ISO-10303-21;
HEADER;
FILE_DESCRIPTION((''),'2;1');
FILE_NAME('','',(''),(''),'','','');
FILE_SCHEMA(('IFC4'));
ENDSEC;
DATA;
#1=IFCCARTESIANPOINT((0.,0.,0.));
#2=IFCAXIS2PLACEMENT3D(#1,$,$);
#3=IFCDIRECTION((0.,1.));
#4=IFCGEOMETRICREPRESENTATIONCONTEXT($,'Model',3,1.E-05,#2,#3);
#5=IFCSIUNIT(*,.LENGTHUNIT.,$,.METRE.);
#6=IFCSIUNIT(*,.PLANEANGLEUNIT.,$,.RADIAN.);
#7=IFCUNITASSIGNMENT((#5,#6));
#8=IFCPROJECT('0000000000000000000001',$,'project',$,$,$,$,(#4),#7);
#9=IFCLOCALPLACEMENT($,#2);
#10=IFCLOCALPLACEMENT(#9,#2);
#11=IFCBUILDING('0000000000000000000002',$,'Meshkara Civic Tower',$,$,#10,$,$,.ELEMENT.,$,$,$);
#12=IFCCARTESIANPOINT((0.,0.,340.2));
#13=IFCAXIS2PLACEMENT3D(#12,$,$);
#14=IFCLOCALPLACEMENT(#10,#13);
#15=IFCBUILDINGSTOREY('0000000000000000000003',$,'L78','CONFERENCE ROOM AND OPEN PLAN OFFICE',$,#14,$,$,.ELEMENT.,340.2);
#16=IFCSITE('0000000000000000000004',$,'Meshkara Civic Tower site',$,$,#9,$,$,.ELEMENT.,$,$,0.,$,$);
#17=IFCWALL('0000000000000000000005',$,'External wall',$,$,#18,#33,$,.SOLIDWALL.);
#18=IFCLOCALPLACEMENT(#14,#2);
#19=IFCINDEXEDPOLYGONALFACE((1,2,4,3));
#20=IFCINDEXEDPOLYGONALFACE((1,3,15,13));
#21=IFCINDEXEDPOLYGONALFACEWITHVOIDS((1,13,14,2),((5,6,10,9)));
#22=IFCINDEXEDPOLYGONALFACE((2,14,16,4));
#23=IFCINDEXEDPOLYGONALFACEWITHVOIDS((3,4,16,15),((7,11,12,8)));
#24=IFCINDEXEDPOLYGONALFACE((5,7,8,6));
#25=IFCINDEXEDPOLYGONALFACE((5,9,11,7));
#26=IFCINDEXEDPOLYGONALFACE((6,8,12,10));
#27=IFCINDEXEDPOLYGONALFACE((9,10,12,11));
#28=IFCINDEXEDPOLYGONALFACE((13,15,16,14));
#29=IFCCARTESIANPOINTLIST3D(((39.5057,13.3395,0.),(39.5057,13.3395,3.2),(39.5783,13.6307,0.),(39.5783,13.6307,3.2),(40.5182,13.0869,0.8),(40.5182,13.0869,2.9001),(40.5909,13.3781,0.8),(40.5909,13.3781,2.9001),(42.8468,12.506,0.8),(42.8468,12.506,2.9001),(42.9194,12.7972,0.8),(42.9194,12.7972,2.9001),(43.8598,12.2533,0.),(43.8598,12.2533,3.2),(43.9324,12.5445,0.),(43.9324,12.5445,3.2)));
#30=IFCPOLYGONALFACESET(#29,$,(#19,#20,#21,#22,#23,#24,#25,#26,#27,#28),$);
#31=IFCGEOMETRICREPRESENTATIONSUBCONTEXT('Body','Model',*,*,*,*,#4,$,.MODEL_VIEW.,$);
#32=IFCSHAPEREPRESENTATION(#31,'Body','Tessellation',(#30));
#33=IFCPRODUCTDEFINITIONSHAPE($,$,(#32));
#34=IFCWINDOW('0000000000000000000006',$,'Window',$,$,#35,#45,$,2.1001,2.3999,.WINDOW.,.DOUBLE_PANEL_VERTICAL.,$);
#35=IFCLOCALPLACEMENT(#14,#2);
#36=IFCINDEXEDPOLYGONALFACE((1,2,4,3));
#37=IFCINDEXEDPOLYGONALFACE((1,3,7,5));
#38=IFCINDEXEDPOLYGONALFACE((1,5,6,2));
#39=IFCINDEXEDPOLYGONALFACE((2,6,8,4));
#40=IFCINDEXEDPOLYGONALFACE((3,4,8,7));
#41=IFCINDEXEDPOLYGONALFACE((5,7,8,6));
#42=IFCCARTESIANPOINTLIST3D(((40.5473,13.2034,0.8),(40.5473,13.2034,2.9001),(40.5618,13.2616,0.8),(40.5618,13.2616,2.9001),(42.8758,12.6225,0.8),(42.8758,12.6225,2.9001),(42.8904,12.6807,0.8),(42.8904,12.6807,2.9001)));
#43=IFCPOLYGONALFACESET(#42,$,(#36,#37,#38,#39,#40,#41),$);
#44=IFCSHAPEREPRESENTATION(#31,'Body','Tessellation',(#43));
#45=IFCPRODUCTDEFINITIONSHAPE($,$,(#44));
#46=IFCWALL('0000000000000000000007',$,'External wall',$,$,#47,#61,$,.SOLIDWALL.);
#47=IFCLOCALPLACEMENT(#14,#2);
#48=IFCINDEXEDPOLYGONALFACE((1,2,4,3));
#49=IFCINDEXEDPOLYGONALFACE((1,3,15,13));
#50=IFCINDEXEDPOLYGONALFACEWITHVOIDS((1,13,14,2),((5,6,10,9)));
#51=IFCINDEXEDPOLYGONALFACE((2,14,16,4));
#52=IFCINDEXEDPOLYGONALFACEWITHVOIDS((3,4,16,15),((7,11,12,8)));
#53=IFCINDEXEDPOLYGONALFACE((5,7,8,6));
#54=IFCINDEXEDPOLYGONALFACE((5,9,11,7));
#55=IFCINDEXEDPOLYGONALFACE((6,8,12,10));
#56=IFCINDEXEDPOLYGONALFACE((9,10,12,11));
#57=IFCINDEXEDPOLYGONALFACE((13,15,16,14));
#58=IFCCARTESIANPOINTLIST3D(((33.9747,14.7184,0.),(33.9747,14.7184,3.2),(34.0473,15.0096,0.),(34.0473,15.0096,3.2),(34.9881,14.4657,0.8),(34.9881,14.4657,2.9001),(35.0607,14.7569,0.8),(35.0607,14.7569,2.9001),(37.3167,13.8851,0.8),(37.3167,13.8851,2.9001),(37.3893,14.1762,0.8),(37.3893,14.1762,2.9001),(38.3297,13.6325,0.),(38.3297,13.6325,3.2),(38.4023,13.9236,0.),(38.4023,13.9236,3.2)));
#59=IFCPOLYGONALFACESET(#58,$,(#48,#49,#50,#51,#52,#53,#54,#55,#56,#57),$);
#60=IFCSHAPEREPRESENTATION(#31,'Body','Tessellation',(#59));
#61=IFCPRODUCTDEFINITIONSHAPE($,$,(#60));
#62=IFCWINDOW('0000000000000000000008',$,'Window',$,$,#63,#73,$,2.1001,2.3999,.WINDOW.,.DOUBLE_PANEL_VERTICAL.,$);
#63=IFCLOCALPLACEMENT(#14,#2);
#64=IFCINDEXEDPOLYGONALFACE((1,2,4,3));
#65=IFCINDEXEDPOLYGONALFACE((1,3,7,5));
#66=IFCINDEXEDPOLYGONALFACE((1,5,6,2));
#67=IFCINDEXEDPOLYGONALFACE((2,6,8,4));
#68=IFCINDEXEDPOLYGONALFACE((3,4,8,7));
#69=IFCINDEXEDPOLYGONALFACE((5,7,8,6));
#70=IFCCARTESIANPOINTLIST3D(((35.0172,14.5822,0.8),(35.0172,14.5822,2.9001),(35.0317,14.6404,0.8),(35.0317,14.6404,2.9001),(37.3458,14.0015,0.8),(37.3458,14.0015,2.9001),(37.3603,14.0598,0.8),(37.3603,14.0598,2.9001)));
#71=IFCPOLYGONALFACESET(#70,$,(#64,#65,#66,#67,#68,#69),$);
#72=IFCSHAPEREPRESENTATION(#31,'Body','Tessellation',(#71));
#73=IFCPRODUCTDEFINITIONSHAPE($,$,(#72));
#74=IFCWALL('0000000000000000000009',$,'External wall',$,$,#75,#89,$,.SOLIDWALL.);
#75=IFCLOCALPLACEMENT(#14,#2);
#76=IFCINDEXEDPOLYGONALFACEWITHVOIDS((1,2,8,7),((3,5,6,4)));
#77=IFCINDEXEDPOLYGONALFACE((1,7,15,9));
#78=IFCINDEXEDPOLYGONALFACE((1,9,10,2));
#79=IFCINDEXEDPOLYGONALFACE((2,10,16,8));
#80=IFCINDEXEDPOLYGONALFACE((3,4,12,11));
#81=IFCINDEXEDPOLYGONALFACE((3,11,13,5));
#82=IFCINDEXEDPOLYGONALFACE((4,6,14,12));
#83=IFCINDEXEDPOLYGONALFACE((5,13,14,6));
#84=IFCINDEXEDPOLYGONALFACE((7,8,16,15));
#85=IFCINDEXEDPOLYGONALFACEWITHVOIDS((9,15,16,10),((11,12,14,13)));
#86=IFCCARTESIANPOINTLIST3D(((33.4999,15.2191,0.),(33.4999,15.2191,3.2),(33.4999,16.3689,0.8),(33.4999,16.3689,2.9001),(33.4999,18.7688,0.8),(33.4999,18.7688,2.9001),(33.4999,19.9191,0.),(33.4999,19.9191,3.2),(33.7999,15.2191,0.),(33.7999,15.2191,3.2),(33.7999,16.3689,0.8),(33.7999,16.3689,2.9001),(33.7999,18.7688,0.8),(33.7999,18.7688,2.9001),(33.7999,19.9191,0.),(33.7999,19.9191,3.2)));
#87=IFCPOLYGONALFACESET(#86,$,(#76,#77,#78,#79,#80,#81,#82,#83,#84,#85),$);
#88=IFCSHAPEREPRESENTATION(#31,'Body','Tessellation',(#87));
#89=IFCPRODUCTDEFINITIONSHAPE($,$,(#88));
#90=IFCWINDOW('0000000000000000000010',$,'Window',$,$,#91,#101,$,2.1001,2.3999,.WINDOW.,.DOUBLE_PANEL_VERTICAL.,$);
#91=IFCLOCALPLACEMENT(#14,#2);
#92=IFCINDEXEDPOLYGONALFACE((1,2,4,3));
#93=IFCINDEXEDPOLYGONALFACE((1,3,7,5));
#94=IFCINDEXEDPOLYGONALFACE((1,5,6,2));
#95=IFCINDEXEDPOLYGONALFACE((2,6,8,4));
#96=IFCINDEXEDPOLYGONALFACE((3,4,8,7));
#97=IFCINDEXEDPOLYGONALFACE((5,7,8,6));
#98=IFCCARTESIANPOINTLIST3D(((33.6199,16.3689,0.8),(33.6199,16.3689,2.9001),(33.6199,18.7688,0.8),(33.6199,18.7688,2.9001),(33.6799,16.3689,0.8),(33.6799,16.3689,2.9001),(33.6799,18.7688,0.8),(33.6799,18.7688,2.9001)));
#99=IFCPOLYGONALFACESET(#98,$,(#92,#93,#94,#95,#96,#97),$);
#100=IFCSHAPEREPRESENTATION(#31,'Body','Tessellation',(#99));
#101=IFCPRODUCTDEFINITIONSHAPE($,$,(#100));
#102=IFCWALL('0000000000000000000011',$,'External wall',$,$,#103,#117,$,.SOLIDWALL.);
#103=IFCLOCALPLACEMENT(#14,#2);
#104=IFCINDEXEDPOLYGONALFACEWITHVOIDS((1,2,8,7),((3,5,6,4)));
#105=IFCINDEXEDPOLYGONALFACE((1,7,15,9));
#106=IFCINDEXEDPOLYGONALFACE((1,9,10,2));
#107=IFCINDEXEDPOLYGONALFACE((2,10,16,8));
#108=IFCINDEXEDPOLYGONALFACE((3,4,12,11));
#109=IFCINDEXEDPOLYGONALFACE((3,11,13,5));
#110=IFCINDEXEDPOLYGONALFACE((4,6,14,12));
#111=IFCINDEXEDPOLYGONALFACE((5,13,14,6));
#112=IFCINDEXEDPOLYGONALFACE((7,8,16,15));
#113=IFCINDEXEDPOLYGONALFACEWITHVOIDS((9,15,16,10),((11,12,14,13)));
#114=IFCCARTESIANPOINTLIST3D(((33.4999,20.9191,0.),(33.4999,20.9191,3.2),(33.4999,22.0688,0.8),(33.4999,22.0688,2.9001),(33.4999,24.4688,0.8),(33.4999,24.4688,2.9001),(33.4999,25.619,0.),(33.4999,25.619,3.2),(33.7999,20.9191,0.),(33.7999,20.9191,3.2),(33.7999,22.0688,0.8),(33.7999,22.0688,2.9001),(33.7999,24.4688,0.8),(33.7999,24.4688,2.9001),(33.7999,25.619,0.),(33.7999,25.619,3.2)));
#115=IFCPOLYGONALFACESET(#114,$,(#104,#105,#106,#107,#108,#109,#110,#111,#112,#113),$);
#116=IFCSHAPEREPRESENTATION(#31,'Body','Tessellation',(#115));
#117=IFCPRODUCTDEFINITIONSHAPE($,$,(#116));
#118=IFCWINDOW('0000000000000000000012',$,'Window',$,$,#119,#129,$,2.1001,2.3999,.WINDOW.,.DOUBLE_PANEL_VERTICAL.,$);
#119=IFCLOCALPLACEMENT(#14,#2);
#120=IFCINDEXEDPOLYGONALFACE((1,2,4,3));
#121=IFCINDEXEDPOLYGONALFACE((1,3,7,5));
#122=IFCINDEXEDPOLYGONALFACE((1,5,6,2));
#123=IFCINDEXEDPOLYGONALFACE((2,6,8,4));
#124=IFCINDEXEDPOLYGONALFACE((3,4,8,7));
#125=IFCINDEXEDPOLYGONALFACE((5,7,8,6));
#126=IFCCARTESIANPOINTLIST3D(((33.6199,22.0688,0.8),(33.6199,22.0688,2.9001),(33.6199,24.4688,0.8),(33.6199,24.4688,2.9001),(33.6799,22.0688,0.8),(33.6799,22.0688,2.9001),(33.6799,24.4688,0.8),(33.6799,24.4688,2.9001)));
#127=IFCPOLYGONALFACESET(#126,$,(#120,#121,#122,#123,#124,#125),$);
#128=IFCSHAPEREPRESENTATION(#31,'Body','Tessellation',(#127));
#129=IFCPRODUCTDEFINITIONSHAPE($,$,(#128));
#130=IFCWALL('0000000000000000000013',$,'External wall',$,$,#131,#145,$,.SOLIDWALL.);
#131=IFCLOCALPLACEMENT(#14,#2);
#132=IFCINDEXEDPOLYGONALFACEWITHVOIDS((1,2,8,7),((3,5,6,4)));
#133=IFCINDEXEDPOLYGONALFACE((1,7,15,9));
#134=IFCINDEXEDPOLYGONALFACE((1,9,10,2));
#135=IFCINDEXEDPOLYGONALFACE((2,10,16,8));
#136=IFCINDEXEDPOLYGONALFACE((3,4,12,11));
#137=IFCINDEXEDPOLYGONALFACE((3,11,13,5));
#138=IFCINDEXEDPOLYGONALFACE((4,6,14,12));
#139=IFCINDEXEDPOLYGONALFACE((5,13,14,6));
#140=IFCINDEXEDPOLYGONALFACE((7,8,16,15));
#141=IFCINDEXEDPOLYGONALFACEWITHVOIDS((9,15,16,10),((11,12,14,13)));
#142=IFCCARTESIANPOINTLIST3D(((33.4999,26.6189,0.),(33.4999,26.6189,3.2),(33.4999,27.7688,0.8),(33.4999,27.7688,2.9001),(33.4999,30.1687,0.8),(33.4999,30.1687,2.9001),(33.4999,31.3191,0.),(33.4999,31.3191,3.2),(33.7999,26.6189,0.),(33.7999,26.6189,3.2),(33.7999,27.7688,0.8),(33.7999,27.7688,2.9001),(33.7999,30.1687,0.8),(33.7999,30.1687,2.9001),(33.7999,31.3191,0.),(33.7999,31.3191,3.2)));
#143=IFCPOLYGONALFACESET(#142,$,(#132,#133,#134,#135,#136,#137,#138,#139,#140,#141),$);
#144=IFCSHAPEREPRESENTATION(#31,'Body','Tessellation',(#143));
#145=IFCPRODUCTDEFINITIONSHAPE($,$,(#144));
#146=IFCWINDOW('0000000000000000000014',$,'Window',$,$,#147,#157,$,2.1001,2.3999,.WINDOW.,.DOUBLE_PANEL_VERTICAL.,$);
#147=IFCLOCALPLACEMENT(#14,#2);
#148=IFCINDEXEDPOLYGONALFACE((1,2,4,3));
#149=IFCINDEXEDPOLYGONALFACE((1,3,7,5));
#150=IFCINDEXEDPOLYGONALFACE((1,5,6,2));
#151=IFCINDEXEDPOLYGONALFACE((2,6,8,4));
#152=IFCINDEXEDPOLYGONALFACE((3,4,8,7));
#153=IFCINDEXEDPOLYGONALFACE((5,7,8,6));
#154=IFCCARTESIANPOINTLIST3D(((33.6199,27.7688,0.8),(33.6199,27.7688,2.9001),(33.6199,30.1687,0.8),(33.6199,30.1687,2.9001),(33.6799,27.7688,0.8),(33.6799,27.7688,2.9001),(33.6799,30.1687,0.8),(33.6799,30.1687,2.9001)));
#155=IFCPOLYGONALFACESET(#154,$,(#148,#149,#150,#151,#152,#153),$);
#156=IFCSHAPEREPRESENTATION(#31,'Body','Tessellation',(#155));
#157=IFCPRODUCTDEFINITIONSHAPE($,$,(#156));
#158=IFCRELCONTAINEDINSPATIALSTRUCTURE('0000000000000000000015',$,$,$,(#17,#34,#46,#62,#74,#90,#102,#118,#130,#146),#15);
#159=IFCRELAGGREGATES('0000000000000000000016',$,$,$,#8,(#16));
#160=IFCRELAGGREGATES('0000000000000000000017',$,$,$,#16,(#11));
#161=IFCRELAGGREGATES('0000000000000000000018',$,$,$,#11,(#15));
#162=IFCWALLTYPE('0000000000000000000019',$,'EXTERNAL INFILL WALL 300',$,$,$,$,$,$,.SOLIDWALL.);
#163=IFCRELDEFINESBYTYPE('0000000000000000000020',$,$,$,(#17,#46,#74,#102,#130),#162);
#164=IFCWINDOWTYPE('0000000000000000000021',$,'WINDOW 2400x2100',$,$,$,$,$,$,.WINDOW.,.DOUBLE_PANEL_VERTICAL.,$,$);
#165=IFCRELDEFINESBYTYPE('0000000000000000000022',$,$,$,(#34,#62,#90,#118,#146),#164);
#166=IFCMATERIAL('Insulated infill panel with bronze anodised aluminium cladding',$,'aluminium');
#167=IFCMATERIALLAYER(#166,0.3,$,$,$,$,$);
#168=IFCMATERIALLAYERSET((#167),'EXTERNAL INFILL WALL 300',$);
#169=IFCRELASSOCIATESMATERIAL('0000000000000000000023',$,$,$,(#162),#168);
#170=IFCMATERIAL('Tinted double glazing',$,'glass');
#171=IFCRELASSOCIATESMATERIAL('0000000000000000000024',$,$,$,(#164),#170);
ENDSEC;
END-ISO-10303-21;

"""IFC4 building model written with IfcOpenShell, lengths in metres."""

from ifc_helpers import new_model, si_unit, direction, frame, frame_2d, origin, place, context, subcontext, project, spatial, rectangle, extrude, material, layer, layer_set, type_object, element, fill, save


model = new_model("IFC4")

# Units and contexts
model_context = context("Model", 3, precision=1e-05, world=origin(), true_north=direction((0.0, 1.0)))
body_context = subcontext(model_context, "Body", "Model", "MODEL_VIEW")
ifc_project = project(units=[si_unit("LENGTHUNIT", "METRE"), si_unit("PLANEANGLEUNIT", "RADIAN")], contexts=[model_context])

# Site, building, storey
site_placement = place(None, origin())
site = spatial("IfcSite", under=ifc_project, at=site_placement, Name="Meshkara Civic Tower site", CompositionType="ELEMENT", RefElevation=0.0)
building_placement = place(site_placement, origin())
building = spatial("IfcBuilding", under=site, at=building_placement, Name="Meshkara Civic Tower", CompositionType="ELEMENT")
storey_placement = place(building_placement, frame((0.0, 0.0, 340.2)))
storey = spatial("IfcBuildingStorey", under=building, at=storey_placement, Name="L78", Description="CONFERENCE ROOM AND OPEN PLAN OFFICE", CompositionType="ELEMENT", Elevation=340.2)

# Walls, openings, windows
ifc_material_1 = material(Name="Insulated infill panel with bronze anodised aluminium cladding", Category="aluminium")
ifc_layer_1 = layer(ifc_material_1, 0.3)
ifc_layer_set_1 = layer_set([ifc_layer_1], Name="EXTERNAL INFILL WALL 300")
wall_type_1 = type_object("IfcWallType", Name="EXTERNAL INFILL WALL 300", PredefinedType="SOLIDWALL", material=ifc_layer_set_1)
wall_1_placement = place(storey_placement, frame((43.896, 12.3989, 0.0), z_axis=(0.0, 0.0, 1.0), x_axis=(-0.970264, 0.242049, 0.0)))
wall_1 = element("IfcWall", 1, at=wall_1_placement, inside=storey, type_object=wall_type_1, Name="External wall", PredefinedType="SOLIDWALL", context=body_context, shape_type="SweptSolid", body=[
    extrude(rectangle(XDim=4.4875, YDim=0.3, at=frame_2d((2.2437, 0.0))), origin(), (0.0, 0.0, 1.0), 3.2),
])
opening_1_placement = place(wall_1_placement, frame((1.0439, 0.0, 0.8)))
opening_1 = element("IfcOpeningElement", 2, at=opening_1_placement, cuts=wall_1, PredefinedType="OPENING", context=body_context, shape_type="SweptSolid", body=[
    extrude(rectangle(XDim=2.3999, YDim=2.1001, at=frame_2d((1.2, 1.05))), frame((0.0, 0.1599, 0.0), z_axis=(0.0, -1.0, 0.0), x_axis=(1.0, 0.0, 0.0)), (0.0, 0.0, 1.0), 0.3201),
])
ifc_material_2 = material(Name="Tinted double glazing", Category="glass")
window_type = type_object("IfcWindowType", Name="WINDOW 2400x2100", PartitioningType="DOUBLE_PANEL_VERTICAL", PredefinedType="WINDOW", material=ifc_material_2)
window_1_placement = place(opening_1_placement, origin())
window_1 = element("IfcWindow", 3, at=window_1_placement, inside=storey, type_object=window_type, Name="Window", OverallHeight=2.1001, OverallWidth=2.3999, PartitioningType="DOUBLE_PANEL_VERTICAL", PredefinedType="WINDOW", context=body_context, shape_type="SweptSolid", body=[
    extrude(rectangle(XDim=2.3999, YDim=2.1001, at=frame_2d((1.2, 1.05))), frame((0.0, 0.03, 0.0), z_axis=(0.0, -1.0, 0.0), x_axis=(1.0, 0.0, 0.0)), (0.0, 0.0, 1.0), 0.0601),
])
fill(opening_1, window_1)
wall_2_placement = place(storey_placement, frame((38.366, 13.7781, 0.0), z_axis=(0.0, 0.0, 1.0), x_axis=(-0.97029, 0.241947, 0.0)))
wall_2 = element("IfcWall", 4, at=wall_2_placement, inside=storey, type_object=wall_type_1, Name="External wall", PredefinedType="SOLIDWALL", context=body_context, shape_type="SweptSolid", body=[
    extrude(rectangle(XDim=4.4883, YDim=0.3, at=frame_2d((2.2441, 0.0))), origin(), (0.0, 0.0, 1.0), 3.2),
])
opening_2_placement = place(wall_2_placement, frame((1.0439, 0.0, 0.8)))
opening_2 = element("IfcOpeningElement", 5, at=opening_2_placement, cuts=wall_2, PredefinedType="OPENING", context=body_context, shape_type="SweptSolid", body=[
    extrude(rectangle(XDim=2.3999, YDim=2.1001, at=frame_2d((1.2, 1.05))), frame((0.0, 0.1599, 0.0), z_axis=(0.0, -1.0, 0.0), x_axis=(1.0, 0.0, 0.0)), (0.0, 0.0, 1.0), 0.3201),
])
window_2_placement = place(opening_2_placement, origin())
window_2 = element("IfcWindow", 6, at=window_2_placement, inside=storey, type_object=window_type, Name="Window", OverallHeight=2.1001, OverallWidth=2.3999, PartitioningType="DOUBLE_PANEL_VERTICAL", PredefinedType="WINDOW", context=body_context, shape_type="SweptSolid", body=[
    extrude(rectangle(XDim=2.3999, YDim=2.1001, at=frame_2d((1.2, 1.05))), frame((0.0, 0.03, 0.0), z_axis=(0.0, -1.0, 0.0), x_axis=(1.0, 0.0, 0.0)), (0.0, 0.0, 1.0), 0.0601),
])
fill(opening_2, window_2)
wall_3_placement = place(storey_placement, frame((33.6499, 15.219, 0.0), z_axis=(0.0, 0.0, 1.0), x_axis=(0.0, 1.0, 0.0)))
wall_3 = element("IfcWall", 7, at=wall_3_placement, inside=storey, type_object=wall_type_1, Name="External wall", PredefinedType="SOLIDWALL", context=body_context, shape_type="SweptSolid", body=[
    extrude(rectangle(XDim=4.7, YDim=0.3, at=frame_2d((2.3501, 0.0))), origin(), (0.0, 0.0, 1.0), 3.2),
])
opening_3_placement = place(wall_3_placement, frame((1.1499, 0.0, 0.8)))
opening_3 = element("IfcOpeningElement", 8, at=opening_3_placement, cuts=wall_3, PredefinedType="OPENING", context=body_context, shape_type="SweptSolid", body=[
    extrude(rectangle(XDim=2.3999, YDim=2.1001, at=frame_2d((1.2, 1.05))), frame((0.0, 0.1599, 0.0), z_axis=(0.0, -1.0, 0.0), x_axis=(1.0, 0.0, 0.0)), (0.0, 0.0, 1.0), 0.3201),
])
window_3_placement = place(opening_3_placement, origin())
window_3 = element("IfcWindow", 9, at=window_3_placement, inside=storey, type_object=window_type, Name="Window", OverallHeight=2.1001, OverallWidth=2.3999, PartitioningType="DOUBLE_PANEL_VERTICAL", PredefinedType="WINDOW", context=body_context, shape_type="SweptSolid", body=[
    extrude(rectangle(XDim=2.3999, YDim=2.1001, at=frame_2d((1.2, 1.05))), frame((0.0, 0.03, 0.0), z_axis=(0.0, -1.0, 0.0), x_axis=(1.0, 0.0, 0.0)), (0.0, 0.0, 1.0), 0.0601),
])
fill(opening_3, window_3)
wall_4_placement = place(storey_placement, frame((33.6499, 20.9189, 0.0), z_axis=(0.0, 0.0, 1.0), x_axis=(0.0, 1.0, 0.0)))
wall_4 = element("IfcWall", 10, at=wall_4_placement, inside=storey, type_object=wall_type_1, Name="External wall", PredefinedType="SOLIDWALL", context=body_context, shape_type="SweptSolid", body=[
    extrude(rectangle(XDim=4.7, YDim=0.3, at=frame_2d((2.3501, 0.0))), origin(), (0.0, 0.0, 1.0), 3.2),
])
opening_4_placement = place(wall_4_placement, frame((1.1499, 0.0, 0.8)))
opening_4 = element("IfcOpeningElement", 11, at=opening_4_placement, cuts=wall_4, PredefinedType="OPENING", context=body_context, shape_type="SweptSolid", body=[
    extrude(rectangle(XDim=2.3999, YDim=2.1001, at=frame_2d((1.2, 1.05))), frame((0.0, 0.1599, 0.0), z_axis=(0.0, -1.0, 0.0), x_axis=(1.0, 0.0, 0.0)), (0.0, 0.0, 1.0), 0.3201),
])
window_4_placement = place(opening_4_placement, origin())
window_4 = element("IfcWindow", 12, at=window_4_placement, inside=storey, type_object=window_type, Name="Window", OverallHeight=2.1001, OverallWidth=2.3999, PartitioningType="DOUBLE_PANEL_VERTICAL", PredefinedType="WINDOW", context=body_context, shape_type="SweptSolid", body=[
    extrude(rectangle(XDim=2.3999, YDim=2.1001, at=frame_2d((1.2, 1.05))), frame((0.0, 0.03, 0.0), z_axis=(0.0, -1.0, 0.0), x_axis=(1.0, 0.0, 0.0)), (0.0, 0.0, 1.0), 0.0601),
])
fill(opening_4, window_4)
wall_5_placement = place(storey_placement, frame((33.6499, 26.6189, 0.0), z_axis=(0.0, 0.0, 1.0), x_axis=(0.0, 1.0, 0.0)))
wall_5 = element("IfcWall", 13, at=wall_5_placement, inside=storey, type_object=wall_type_1, Name="External wall", PredefinedType="SOLIDWALL", context=body_context, shape_type="SweptSolid", body=[
    extrude(rectangle(XDim=4.7002, YDim=0.3, at=frame_2d((2.3501, 0.0))), origin(), (0.0, 0.0, 1.0), 3.2),
])
opening_5_placement = place(wall_5_placement, frame((1.1499, 0.0, 0.8)))
opening_5 = element("IfcOpeningElement", 14, at=opening_5_placement, cuts=wall_5, PredefinedType="OPENING", context=body_context, shape_type="SweptSolid", body=[
    extrude(rectangle(XDim=2.3999, YDim=2.1001, at=frame_2d((1.2, 1.05))), frame((0.0, 0.1599, 0.0), z_axis=(0.0, -1.0, 0.0), x_axis=(1.0, 0.0, 0.0)), (0.0, 0.0, 1.0), 0.3201),
])
window_5_placement = place(opening_5_placement, origin())
window_5 = element("IfcWindow", 15, at=window_5_placement, inside=storey, type_object=window_type, Name="Window", OverallHeight=2.1001, OverallWidth=2.3999, PartitioningType="DOUBLE_PANEL_VERTICAL", PredefinedType="WINDOW", context=body_context, shape_type="SweptSolid", body=[
    extrude(rectangle(XDim=2.3999, YDim=2.1001, at=frame_2d((1.2, 1.05))), frame((0.0, 0.03, 0.0), z_axis=(0.0, -1.0, 0.0), x_axis=(1.0, 0.0, 0.0)), (0.0, 0.0, 1.0), 0.0601),
])
fill(opening_5, window_5)

save(model, "model.ifc")
